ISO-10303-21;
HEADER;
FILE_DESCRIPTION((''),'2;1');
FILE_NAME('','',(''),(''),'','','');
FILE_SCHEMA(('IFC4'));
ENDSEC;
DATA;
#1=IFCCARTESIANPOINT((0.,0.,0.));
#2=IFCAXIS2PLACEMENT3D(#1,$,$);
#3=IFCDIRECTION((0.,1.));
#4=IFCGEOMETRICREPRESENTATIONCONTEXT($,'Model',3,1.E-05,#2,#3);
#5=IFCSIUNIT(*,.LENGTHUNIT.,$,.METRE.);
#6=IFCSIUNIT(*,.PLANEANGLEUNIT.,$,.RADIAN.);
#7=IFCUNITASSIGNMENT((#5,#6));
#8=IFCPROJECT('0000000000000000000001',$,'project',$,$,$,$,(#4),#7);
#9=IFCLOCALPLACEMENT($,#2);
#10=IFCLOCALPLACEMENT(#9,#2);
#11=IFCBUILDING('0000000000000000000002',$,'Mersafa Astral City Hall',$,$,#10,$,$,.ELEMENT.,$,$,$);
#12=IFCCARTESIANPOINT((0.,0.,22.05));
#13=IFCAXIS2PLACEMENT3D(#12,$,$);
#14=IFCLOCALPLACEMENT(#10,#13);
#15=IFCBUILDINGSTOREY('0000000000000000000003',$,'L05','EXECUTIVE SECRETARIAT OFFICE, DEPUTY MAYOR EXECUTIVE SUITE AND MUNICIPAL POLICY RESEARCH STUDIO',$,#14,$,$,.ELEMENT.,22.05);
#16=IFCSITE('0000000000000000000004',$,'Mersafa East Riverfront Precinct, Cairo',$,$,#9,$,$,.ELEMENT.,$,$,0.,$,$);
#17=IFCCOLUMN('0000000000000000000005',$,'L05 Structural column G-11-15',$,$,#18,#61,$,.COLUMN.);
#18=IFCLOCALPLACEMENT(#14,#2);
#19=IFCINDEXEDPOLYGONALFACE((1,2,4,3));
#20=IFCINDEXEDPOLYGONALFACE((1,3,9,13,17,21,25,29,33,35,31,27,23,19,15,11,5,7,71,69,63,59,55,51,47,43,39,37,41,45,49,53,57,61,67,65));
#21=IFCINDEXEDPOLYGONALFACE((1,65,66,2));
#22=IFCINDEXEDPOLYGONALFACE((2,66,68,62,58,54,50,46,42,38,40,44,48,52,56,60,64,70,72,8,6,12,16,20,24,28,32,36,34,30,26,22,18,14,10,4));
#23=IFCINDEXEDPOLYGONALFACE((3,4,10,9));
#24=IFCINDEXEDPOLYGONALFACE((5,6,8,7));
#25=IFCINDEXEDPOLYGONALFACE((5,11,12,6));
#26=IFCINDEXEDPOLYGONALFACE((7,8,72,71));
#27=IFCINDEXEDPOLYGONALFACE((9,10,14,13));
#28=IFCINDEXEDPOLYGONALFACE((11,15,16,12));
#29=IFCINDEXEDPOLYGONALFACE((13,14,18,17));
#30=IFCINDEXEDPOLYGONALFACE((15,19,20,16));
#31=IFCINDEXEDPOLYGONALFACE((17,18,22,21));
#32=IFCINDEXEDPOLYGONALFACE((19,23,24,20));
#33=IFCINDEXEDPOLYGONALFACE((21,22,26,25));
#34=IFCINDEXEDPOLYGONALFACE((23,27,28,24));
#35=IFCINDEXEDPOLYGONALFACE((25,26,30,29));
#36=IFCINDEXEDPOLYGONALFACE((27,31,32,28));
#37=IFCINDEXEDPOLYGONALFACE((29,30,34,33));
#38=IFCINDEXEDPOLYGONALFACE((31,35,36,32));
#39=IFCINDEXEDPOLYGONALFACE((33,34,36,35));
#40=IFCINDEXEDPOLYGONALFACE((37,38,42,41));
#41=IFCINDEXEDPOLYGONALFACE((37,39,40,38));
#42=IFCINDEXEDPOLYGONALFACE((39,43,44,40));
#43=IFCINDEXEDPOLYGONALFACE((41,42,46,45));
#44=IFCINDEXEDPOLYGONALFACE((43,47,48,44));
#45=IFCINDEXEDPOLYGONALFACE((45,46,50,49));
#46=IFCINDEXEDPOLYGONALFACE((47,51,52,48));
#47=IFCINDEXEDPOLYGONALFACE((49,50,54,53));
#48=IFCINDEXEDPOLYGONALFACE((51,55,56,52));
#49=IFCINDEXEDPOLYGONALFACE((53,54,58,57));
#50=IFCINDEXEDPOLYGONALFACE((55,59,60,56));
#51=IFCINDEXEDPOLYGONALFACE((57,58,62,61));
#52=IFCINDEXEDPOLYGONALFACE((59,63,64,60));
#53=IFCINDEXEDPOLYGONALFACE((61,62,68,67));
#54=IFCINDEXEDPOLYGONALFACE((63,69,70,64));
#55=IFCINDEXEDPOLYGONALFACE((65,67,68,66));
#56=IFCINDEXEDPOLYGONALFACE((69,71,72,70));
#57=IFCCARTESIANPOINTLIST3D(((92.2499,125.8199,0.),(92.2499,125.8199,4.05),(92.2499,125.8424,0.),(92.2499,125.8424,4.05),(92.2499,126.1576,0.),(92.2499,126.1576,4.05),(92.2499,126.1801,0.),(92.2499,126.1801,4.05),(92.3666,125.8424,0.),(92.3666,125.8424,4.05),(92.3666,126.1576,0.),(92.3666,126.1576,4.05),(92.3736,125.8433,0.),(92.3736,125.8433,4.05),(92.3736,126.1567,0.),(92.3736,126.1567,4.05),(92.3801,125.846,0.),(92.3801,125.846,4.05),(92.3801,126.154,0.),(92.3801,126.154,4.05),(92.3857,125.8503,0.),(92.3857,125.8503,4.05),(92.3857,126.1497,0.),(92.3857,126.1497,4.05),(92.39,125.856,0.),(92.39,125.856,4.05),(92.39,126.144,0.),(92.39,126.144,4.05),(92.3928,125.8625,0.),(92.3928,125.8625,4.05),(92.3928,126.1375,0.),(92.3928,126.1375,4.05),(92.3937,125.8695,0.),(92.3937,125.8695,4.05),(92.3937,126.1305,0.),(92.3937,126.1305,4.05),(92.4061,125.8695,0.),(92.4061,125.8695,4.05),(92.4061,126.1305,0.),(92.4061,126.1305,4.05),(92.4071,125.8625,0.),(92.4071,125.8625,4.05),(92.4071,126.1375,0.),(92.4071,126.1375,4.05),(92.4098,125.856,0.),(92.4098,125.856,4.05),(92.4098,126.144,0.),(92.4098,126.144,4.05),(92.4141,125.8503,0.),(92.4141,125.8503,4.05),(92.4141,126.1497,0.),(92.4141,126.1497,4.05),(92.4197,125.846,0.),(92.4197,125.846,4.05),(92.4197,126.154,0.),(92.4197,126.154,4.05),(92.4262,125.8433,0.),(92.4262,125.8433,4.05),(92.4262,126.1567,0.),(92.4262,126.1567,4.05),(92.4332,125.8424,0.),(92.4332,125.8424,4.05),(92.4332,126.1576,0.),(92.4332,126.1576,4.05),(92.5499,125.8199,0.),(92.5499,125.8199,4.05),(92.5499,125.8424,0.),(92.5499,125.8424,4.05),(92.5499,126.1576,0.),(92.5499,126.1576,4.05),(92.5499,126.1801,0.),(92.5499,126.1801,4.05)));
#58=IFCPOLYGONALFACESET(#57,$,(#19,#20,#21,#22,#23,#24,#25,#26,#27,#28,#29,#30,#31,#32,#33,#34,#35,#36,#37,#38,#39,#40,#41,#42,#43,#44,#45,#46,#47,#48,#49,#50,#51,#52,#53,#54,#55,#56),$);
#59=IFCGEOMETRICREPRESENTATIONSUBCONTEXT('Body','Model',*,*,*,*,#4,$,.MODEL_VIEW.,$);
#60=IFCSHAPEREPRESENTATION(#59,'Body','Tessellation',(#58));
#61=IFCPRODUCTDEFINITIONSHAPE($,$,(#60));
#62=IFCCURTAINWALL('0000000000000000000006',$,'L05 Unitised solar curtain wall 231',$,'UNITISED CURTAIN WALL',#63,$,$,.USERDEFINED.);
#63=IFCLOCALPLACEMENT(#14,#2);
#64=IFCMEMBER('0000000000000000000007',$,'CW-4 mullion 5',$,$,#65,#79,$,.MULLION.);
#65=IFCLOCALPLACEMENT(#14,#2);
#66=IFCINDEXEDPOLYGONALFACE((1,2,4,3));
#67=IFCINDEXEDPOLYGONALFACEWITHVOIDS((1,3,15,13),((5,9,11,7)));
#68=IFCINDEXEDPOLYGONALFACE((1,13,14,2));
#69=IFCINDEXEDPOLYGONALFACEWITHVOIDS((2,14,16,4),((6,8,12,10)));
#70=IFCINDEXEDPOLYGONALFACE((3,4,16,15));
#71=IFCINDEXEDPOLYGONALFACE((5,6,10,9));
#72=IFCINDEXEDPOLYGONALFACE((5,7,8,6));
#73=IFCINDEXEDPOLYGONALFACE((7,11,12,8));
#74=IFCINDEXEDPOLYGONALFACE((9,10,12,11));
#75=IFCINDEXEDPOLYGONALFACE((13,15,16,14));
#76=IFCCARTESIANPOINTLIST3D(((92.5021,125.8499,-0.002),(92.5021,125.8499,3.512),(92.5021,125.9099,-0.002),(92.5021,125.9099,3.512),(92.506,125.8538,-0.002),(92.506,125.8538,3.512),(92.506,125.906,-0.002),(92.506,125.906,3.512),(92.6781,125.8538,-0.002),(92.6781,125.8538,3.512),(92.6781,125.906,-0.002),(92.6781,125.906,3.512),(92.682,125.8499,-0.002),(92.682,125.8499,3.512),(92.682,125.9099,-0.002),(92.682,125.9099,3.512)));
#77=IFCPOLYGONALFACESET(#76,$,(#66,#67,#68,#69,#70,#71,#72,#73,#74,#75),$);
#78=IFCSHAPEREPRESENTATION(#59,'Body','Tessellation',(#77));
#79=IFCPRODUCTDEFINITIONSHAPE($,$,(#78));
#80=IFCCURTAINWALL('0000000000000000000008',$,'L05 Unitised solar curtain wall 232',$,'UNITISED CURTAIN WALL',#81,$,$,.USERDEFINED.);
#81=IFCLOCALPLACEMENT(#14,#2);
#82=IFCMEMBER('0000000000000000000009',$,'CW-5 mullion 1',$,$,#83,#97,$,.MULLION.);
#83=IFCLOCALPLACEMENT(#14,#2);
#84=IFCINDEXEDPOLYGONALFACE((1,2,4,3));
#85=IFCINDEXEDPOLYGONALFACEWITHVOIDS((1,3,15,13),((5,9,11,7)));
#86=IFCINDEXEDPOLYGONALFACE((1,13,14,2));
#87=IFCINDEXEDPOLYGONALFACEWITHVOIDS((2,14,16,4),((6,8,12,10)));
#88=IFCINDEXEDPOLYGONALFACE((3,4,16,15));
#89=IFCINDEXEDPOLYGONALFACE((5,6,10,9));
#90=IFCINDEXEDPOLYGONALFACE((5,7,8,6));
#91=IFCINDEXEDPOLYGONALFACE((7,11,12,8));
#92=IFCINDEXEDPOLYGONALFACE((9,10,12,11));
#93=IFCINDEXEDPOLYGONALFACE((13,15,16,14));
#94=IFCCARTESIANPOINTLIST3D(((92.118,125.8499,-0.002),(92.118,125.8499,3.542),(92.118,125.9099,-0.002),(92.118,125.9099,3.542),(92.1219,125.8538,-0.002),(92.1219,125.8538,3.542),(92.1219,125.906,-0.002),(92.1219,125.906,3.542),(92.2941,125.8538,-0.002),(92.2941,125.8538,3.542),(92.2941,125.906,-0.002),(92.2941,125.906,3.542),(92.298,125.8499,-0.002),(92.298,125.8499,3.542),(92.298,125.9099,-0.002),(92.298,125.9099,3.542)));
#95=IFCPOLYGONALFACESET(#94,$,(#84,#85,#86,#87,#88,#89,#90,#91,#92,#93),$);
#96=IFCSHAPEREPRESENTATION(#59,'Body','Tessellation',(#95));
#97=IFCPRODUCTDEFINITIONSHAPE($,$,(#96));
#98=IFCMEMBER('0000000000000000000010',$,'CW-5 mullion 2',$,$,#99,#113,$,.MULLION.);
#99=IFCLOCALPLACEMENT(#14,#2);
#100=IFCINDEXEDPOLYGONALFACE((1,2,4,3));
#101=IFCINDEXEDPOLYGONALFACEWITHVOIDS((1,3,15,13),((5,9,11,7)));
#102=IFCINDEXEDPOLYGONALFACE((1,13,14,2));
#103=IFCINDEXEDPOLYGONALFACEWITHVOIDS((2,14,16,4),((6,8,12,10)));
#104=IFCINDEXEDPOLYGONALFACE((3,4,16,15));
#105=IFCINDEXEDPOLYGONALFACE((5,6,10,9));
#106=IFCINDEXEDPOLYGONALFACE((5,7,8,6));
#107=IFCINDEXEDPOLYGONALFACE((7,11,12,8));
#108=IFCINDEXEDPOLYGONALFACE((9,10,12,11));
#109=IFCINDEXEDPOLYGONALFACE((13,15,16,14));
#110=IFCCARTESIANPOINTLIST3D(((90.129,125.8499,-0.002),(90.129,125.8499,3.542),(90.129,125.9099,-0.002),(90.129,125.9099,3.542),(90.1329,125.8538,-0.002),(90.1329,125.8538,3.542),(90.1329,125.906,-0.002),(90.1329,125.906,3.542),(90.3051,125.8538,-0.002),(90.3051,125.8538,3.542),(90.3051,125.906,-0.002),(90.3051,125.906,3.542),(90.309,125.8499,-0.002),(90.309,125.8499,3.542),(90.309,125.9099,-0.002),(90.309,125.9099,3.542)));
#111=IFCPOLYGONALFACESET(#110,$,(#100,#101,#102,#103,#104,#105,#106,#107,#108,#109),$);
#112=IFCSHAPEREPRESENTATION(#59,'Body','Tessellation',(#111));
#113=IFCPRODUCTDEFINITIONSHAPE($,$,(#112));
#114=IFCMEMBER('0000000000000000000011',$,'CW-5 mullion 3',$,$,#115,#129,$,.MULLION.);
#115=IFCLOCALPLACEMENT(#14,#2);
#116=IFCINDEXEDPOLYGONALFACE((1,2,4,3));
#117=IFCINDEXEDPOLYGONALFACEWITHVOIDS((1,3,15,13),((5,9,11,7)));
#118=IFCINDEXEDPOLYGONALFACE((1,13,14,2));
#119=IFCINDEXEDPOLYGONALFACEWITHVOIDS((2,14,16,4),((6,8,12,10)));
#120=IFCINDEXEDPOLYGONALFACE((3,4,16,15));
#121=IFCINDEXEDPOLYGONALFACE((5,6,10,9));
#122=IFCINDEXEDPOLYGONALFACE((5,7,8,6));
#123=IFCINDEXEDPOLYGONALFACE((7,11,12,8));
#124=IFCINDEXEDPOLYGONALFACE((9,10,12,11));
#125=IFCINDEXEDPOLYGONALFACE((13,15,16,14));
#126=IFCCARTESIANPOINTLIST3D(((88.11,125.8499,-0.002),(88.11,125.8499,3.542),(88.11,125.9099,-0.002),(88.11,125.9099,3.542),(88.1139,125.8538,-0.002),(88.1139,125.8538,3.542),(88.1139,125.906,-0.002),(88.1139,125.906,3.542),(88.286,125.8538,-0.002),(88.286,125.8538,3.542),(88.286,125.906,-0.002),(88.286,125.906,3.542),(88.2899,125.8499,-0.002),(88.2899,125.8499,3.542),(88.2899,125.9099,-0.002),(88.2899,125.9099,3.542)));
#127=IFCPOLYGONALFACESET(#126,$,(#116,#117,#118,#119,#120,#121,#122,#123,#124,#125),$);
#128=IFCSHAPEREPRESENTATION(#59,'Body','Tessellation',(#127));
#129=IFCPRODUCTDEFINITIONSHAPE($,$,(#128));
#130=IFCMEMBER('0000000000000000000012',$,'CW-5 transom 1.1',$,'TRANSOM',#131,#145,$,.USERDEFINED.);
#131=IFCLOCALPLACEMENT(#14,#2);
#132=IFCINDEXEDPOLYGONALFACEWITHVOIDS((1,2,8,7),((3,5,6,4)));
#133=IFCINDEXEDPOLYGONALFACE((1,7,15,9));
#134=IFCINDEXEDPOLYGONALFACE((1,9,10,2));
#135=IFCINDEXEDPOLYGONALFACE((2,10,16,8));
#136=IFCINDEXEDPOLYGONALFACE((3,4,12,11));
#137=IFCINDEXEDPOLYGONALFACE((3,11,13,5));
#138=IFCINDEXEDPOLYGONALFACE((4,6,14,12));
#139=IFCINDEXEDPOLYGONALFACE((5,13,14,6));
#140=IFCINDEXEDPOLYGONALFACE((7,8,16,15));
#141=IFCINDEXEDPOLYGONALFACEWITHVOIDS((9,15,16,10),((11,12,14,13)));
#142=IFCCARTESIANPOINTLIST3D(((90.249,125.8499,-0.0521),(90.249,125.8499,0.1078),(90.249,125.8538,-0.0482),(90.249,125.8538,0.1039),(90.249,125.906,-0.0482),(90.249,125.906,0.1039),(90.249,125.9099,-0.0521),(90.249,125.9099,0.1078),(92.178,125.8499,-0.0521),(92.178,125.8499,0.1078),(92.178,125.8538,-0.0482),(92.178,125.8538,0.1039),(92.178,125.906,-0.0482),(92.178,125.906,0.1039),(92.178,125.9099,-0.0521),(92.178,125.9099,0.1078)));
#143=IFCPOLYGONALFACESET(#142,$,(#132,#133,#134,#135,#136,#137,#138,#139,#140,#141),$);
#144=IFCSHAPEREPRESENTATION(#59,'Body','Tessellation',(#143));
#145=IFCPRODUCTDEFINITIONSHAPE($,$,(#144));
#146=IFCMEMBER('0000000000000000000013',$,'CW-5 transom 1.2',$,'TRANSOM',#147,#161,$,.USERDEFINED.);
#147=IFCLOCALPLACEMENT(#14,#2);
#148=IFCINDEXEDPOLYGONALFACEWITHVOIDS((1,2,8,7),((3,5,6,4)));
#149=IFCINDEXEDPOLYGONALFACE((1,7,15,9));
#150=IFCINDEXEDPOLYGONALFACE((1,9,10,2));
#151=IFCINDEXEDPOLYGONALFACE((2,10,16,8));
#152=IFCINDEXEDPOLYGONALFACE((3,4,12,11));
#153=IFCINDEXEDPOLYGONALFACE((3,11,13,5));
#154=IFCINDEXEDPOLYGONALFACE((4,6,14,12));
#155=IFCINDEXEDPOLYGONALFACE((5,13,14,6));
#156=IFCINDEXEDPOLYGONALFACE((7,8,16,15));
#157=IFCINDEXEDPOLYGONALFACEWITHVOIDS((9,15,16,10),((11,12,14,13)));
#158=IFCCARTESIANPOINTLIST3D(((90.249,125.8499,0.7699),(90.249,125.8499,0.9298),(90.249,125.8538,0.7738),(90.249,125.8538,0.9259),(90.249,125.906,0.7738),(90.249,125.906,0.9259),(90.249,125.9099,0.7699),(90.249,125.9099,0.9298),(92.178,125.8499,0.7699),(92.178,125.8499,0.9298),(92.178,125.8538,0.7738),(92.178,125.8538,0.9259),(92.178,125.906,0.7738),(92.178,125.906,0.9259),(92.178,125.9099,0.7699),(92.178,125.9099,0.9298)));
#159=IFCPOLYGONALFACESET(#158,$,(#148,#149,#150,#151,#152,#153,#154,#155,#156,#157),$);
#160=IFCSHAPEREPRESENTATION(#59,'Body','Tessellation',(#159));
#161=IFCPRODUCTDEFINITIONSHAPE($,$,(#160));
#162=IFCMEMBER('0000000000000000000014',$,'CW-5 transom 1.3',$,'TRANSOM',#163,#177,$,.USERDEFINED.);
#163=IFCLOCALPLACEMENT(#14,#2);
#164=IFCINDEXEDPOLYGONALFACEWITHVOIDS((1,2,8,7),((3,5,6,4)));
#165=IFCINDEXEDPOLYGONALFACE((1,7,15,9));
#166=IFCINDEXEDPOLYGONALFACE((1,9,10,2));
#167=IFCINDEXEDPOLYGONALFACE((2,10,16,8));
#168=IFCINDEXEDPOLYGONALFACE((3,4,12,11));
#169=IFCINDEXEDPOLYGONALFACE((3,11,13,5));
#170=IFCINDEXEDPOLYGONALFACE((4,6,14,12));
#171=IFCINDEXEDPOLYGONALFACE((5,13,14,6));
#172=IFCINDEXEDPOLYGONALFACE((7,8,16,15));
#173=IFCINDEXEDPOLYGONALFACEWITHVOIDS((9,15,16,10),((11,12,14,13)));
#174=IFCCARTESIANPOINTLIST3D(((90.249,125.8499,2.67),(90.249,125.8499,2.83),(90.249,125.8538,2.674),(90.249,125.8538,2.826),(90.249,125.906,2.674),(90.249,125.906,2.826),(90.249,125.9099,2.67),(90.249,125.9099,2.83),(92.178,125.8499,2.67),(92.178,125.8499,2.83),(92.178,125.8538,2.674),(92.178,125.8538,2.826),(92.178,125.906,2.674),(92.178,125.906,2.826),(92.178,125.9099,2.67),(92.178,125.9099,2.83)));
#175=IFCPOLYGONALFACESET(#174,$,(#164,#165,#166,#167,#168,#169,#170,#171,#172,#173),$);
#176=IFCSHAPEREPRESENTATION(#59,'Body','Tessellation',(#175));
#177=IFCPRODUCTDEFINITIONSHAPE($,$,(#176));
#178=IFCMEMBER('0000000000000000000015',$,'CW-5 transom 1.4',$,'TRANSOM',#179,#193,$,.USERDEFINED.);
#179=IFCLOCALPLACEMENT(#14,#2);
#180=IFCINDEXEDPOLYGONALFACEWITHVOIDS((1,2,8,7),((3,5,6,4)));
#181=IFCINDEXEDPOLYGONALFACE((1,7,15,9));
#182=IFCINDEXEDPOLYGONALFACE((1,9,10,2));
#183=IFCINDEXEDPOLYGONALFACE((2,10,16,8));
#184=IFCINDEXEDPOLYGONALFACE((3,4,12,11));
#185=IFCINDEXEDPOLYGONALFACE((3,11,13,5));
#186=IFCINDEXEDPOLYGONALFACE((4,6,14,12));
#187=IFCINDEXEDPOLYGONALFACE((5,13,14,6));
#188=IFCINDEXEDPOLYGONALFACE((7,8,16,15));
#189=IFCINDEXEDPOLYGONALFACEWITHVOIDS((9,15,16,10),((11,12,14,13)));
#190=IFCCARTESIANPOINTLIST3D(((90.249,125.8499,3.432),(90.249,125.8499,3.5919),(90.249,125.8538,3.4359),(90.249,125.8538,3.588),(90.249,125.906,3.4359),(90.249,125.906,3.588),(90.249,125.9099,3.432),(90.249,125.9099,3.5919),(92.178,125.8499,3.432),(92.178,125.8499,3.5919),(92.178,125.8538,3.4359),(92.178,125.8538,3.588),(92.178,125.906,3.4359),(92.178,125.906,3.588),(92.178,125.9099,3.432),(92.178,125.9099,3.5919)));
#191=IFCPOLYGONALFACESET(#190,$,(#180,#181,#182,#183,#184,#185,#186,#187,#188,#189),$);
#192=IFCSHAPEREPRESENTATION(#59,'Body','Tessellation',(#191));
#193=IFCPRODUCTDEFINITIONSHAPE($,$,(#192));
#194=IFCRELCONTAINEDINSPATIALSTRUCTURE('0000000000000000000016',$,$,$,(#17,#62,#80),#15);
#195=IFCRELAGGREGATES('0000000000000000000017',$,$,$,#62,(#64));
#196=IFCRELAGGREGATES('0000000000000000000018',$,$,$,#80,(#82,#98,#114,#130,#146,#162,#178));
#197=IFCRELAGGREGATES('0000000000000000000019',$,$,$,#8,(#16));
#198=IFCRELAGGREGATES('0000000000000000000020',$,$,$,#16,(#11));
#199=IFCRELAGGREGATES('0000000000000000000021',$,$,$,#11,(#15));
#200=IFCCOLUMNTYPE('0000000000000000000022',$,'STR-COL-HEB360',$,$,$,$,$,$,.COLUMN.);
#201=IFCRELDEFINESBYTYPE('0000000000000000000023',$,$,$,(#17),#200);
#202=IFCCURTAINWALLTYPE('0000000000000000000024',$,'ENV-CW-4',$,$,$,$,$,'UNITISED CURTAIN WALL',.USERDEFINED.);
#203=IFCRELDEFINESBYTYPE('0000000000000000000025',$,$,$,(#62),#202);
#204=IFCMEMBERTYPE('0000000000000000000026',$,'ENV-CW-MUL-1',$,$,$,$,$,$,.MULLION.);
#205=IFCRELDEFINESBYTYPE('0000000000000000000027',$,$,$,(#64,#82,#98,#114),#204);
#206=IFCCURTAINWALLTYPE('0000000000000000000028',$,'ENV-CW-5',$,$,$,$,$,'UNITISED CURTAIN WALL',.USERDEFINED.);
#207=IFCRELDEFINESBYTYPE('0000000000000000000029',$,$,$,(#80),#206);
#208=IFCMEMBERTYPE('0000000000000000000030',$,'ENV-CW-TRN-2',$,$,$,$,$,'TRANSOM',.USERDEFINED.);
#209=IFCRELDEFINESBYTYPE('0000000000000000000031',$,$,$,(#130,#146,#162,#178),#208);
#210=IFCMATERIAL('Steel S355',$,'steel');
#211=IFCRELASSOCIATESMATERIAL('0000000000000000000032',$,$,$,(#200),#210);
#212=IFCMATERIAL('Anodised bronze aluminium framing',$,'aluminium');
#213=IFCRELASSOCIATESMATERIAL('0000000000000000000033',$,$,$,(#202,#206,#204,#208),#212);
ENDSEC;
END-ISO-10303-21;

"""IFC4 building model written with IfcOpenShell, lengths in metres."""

from ifc_helpers import new_model, si_unit, direction, frame, origin, origin_2d, place, context, subcontext, project, spatial, hollow_rectangle, i_section, extrude, material, material_profile, profile_set, type_object, element, aggregate, save


model = new_model("IFC4")

# Units and contexts
model_context = context("Model", 3, precision=1e-05, world=origin(), true_north=direction((0.0, 1.0)))
body_context = subcontext(model_context, "Body", "Model", "MODEL_VIEW")
ifc_project = project(units=[si_unit("LENGTHUNIT", "METRE"), si_unit("PLANEANGLEUNIT", "RADIAN")], contexts=[model_context])

# Site, building, storey
site_placement = place(None, origin())
site = spatial("IfcSite", under=ifc_project, at=site_placement, Name="Mersafa East Riverfront Precinct, Cairo", CompositionType="ELEMENT", RefElevation=0.0)
building_placement = place(site_placement, origin())
building = spatial("IfcBuilding", under=site, at=building_placement, Name="Mersafa Astral City Hall", CompositionType="ELEMENT")
storey_placement = place(building_placement, frame((0.0, 0.0, 22.05)))
storey = spatial("IfcBuildingStorey", under=building, at=storey_placement, Name="L05", Description="EXECUTIVE SECRETARIAT OFFICE, DEPUTY MAYOR EXECUTIVE SUITE AND MUNICIPAL POLICY RESEARCH STUDIO", CompositionType="ELEMENT", Elevation=22.05)

# Column
ifc_material_1 = material(Name="Steel S355", Category="steel")
ifc_material_profile_1 = material_profile(ifc_material_1, i_section(OverallWidth=0.3, OverallDepth=0.3601, WebThickness=0.0125, FlangeThickness=0.0225, FilletRadius=0.0271, at=origin_2d()), Name="HEB 360")
ifc_profile_set_1 = profile_set([ifc_material_profile_1], Name="Steel S355")
column_type = type_object("IfcColumnType", Name="STR-COL-HEB360", PredefinedType="COLUMN", material=ifc_profile_set_1)
column_placement = place(storey_placement, frame((92.3999, 126.0, 0.0), z_axis=(0.0, 0.0, 1.0), x_axis=(1.0, 0.0, 0.0)))
element("IfcColumn", 1, at=column_placement, inside=storey, type_object=column_type, Name="L05 Structural column G-11-15", PredefinedType="COLUMN", context=body_context, shape_type="SweptSolid", body=[
    extrude(i_section(OverallWidth=0.3, OverallDepth=0.3601, WebThickness=0.0125, FlangeThickness=0.0225, FilletRadius=0.0271, at=origin_2d()), origin(), (0.0, 0.0, 1.0), 4.05),
])

# Curtain wall, member
ifc_material_2 = material(Name="Anodised bronze aluminium framing", Category="aluminium")
curtain_wall_type_1 = type_object("IfcCurtainWallType", Name="ENV-CW-4", ElementType="UNITISED CURTAIN WALL", PredefinedType="USERDEFINED", material=ifc_material_2)
curtain_wall_1_placement = place(storey_placement, origin())
curtain_wall_1 = element("IfcCurtainWall", 2, at=curtain_wall_1_placement, inside=storey, type_object=curtain_wall_type_1, Name="L05 Unitised solar curtain wall 231", ObjectType="UNITISED CURTAIN WALL", PredefinedType="USERDEFINED")
ifc_material_profile_2 = material_profile(ifc_material_2, hollow_rectangle(XDim=0.0601, YDim=0.1799, WallThickness=0.0039, at=origin_2d()), Name="RHS 60x180x4")
ifc_profile_set_2 = profile_set([ifc_material_profile_2], Name="Anodised bronze aluminium framing")
member_type_1 = type_object("IfcMemberType", Name="ENV-CW-MUL-1", PredefinedType="MULLION", material=ifc_profile_set_2)
member_1_placement = place(storey_placement, frame((92.592, 125.8799, -0.002), z_axis=(0.0, 0.0, 1.0), x_axis=(0.0, -1.0, 0.0)))
member_1 = element("IfcMember", 3, at=member_1_placement, type_object=member_type_1, Name="CW-4 mullion 5", PredefinedType="MULLION", context=body_context, shape_type="SweptSolid", body=[
    extrude(hollow_rectangle(XDim=0.0601, YDim=0.1799, WallThickness=0.0039, at=origin_2d()), origin(), (0.0, 0.0, 1.0), 3.5139),
])
aggregate(curtain_wall_1, [member_1])

# Curtain wall, members
curtain_wall_type_2 = type_object("IfcCurtainWallType", Name="ENV-CW-5", ElementType="UNITISED CURTAIN WALL", PredefinedType="USERDEFINED", material=ifc_material_2)
curtain_wall_2_placement = place(storey_placement, origin())
curtain_wall_2 = element("IfcCurtainWall", 4, at=curtain_wall_2_placement, inside=storey, type_object=curtain_wall_type_2, Name="L05 Unitised solar curtain wall 232", ObjectType="UNITISED CURTAIN WALL", PredefinedType="USERDEFINED")
member_2_placement = place(storey_placement, frame((92.208, 125.8799, -0.002), z_axis=(0.0, 0.0, 1.0), x_axis=(0.0, -1.0, 0.0)))
member_2 = element("IfcMember", 5, at=member_2_placement, type_object=member_type_1, Name="CW-5 mullion 1", PredefinedType="MULLION", context=body_context, shape_type="SweptSolid", body=[
    extrude(hollow_rectangle(XDim=0.0601, YDim=0.1799, WallThickness=0.0039, at=origin_2d()), origin(), (0.0, 0.0, 1.0), 3.5439),
])
member_3_placement = place(storey_placement, frame((90.219, 125.8799, -0.002), z_axis=(0.0, 0.0, 1.0), x_axis=(0.0, -1.0, 0.0)))
member_3 = element("IfcMember", 6, at=member_3_placement, type_object=member_type_1, Name="CW-5 mullion 2", PredefinedType="MULLION", context=body_context, shape_type="SweptSolid", body=[
    extrude(hollow_rectangle(XDim=0.0601, YDim=0.1799, WallThickness=0.0039, at=origin_2d()), origin(), (0.0, 0.0, 1.0), 3.5439),
])
member_4_placement = place(storey_placement, frame((88.2, 125.8799, -0.002), z_axis=(0.0, 0.0, 1.0), x_axis=(0.0, -1.0, 0.0)))
member_4 = element("IfcMember", 7, at=member_4_placement, type_object=member_type_1, Name="CW-5 mullion 3", PredefinedType="MULLION", context=body_context, shape_type="SweptSolid", body=[
    extrude(hollow_rectangle(XDim=0.0601, YDim=0.1799, WallThickness=0.0039, at=origin_2d()), origin(), (0.0, 0.0, 1.0), 3.5439),
])
ifc_material_profile_3 = material_profile(ifc_material_2, hollow_rectangle(XDim=0.0601, YDim=0.1599, WallThickness=0.0039, at=origin_2d()), Name="RHS 60x160x4")
ifc_profile_set_3 = profile_set([ifc_material_profile_3], Name="Anodised bronze aluminium framing")
member_type_2 = type_object("IfcMemberType", Name="ENV-CW-TRN-2", ElementType="TRANSOM", PredefinedType="USERDEFINED", material=ifc_profile_set_3)
member_5_placement = place(storey_placement, frame((92.178, 125.8799, 0.0278), z_axis=(-1.0, 0.0, 0.0), x_axis=(0.0, -1.0, 0.0)))
member_5 = element("IfcMember", 8, at=member_5_placement, type_object=member_type_2, Name="CW-5 transom 1.1", ObjectType="TRANSOM", PredefinedType="USERDEFINED", context=body_context, shape_type="SweptSolid", body=[
    extrude(hollow_rectangle(XDim=0.0601, YDim=0.1599, WallThickness=0.0039, at=origin_2d()), origin(), (0.0, 0.0, 1.0), 1.929),
])
member_6_placement = place(storey_placement, frame((92.178, 125.8799, 0.8499), z_axis=(-1.0, 0.0, 0.0), x_axis=(0.0, -1.0, 0.0)))
member_6 = element("IfcMember", 9, at=member_6_placement, type_object=member_type_2, Name="CW-5 transom 1.2", ObjectType="TRANSOM", PredefinedType="USERDEFINED", context=body_context, shape_type="SweptSolid", body=[
    extrude(hollow_rectangle(XDim=0.0601, YDim=0.1599, WallThickness=0.0039, at=origin_2d()), origin(), (0.0, 0.0, 1.0), 1.929),
])
member_7_placement = place(storey_placement, frame((92.178, 125.8799, 2.75), z_axis=(-1.0, 0.0, 0.0), x_axis=(0.0, -1.0, 0.0)))
member_7 = element("IfcMember", 10, at=member_7_placement, type_object=member_type_2, Name="CW-5 transom 1.3", ObjectType="TRANSOM", PredefinedType="USERDEFINED", context=body_context, shape_type="SweptSolid", body=[
    extrude(hollow_rectangle(XDim=0.0601, YDim=0.1599, WallThickness=0.0039, at=origin_2d()), origin(), (0.0, 0.0, 1.0), 1.929),
])
member_8_placement = place(storey_placement, frame((92.178, 125.8799, 3.512), z_axis=(-1.0, 0.0, 0.0), x_axis=(0.0, -1.0, 0.0)))
member_8 = element("IfcMember", 11, at=member_8_placement, type_object=member_type_2, Name="CW-5 transom 1.4", ObjectType="TRANSOM", PredefinedType="USERDEFINED", context=body_context, shape_type="SweptSolid", body=[
    extrude(hollow_rectangle(XDim=0.0601, YDim=0.1599, WallThickness=0.0039, at=origin_2d()), origin(), (0.0, 0.0, 1.0), 1.929),
])

aggregate(curtain_wall_2, [member_2, member_3, member_4, member_5, member_6, member_7, member_8])

save(model, "model.ifc")
